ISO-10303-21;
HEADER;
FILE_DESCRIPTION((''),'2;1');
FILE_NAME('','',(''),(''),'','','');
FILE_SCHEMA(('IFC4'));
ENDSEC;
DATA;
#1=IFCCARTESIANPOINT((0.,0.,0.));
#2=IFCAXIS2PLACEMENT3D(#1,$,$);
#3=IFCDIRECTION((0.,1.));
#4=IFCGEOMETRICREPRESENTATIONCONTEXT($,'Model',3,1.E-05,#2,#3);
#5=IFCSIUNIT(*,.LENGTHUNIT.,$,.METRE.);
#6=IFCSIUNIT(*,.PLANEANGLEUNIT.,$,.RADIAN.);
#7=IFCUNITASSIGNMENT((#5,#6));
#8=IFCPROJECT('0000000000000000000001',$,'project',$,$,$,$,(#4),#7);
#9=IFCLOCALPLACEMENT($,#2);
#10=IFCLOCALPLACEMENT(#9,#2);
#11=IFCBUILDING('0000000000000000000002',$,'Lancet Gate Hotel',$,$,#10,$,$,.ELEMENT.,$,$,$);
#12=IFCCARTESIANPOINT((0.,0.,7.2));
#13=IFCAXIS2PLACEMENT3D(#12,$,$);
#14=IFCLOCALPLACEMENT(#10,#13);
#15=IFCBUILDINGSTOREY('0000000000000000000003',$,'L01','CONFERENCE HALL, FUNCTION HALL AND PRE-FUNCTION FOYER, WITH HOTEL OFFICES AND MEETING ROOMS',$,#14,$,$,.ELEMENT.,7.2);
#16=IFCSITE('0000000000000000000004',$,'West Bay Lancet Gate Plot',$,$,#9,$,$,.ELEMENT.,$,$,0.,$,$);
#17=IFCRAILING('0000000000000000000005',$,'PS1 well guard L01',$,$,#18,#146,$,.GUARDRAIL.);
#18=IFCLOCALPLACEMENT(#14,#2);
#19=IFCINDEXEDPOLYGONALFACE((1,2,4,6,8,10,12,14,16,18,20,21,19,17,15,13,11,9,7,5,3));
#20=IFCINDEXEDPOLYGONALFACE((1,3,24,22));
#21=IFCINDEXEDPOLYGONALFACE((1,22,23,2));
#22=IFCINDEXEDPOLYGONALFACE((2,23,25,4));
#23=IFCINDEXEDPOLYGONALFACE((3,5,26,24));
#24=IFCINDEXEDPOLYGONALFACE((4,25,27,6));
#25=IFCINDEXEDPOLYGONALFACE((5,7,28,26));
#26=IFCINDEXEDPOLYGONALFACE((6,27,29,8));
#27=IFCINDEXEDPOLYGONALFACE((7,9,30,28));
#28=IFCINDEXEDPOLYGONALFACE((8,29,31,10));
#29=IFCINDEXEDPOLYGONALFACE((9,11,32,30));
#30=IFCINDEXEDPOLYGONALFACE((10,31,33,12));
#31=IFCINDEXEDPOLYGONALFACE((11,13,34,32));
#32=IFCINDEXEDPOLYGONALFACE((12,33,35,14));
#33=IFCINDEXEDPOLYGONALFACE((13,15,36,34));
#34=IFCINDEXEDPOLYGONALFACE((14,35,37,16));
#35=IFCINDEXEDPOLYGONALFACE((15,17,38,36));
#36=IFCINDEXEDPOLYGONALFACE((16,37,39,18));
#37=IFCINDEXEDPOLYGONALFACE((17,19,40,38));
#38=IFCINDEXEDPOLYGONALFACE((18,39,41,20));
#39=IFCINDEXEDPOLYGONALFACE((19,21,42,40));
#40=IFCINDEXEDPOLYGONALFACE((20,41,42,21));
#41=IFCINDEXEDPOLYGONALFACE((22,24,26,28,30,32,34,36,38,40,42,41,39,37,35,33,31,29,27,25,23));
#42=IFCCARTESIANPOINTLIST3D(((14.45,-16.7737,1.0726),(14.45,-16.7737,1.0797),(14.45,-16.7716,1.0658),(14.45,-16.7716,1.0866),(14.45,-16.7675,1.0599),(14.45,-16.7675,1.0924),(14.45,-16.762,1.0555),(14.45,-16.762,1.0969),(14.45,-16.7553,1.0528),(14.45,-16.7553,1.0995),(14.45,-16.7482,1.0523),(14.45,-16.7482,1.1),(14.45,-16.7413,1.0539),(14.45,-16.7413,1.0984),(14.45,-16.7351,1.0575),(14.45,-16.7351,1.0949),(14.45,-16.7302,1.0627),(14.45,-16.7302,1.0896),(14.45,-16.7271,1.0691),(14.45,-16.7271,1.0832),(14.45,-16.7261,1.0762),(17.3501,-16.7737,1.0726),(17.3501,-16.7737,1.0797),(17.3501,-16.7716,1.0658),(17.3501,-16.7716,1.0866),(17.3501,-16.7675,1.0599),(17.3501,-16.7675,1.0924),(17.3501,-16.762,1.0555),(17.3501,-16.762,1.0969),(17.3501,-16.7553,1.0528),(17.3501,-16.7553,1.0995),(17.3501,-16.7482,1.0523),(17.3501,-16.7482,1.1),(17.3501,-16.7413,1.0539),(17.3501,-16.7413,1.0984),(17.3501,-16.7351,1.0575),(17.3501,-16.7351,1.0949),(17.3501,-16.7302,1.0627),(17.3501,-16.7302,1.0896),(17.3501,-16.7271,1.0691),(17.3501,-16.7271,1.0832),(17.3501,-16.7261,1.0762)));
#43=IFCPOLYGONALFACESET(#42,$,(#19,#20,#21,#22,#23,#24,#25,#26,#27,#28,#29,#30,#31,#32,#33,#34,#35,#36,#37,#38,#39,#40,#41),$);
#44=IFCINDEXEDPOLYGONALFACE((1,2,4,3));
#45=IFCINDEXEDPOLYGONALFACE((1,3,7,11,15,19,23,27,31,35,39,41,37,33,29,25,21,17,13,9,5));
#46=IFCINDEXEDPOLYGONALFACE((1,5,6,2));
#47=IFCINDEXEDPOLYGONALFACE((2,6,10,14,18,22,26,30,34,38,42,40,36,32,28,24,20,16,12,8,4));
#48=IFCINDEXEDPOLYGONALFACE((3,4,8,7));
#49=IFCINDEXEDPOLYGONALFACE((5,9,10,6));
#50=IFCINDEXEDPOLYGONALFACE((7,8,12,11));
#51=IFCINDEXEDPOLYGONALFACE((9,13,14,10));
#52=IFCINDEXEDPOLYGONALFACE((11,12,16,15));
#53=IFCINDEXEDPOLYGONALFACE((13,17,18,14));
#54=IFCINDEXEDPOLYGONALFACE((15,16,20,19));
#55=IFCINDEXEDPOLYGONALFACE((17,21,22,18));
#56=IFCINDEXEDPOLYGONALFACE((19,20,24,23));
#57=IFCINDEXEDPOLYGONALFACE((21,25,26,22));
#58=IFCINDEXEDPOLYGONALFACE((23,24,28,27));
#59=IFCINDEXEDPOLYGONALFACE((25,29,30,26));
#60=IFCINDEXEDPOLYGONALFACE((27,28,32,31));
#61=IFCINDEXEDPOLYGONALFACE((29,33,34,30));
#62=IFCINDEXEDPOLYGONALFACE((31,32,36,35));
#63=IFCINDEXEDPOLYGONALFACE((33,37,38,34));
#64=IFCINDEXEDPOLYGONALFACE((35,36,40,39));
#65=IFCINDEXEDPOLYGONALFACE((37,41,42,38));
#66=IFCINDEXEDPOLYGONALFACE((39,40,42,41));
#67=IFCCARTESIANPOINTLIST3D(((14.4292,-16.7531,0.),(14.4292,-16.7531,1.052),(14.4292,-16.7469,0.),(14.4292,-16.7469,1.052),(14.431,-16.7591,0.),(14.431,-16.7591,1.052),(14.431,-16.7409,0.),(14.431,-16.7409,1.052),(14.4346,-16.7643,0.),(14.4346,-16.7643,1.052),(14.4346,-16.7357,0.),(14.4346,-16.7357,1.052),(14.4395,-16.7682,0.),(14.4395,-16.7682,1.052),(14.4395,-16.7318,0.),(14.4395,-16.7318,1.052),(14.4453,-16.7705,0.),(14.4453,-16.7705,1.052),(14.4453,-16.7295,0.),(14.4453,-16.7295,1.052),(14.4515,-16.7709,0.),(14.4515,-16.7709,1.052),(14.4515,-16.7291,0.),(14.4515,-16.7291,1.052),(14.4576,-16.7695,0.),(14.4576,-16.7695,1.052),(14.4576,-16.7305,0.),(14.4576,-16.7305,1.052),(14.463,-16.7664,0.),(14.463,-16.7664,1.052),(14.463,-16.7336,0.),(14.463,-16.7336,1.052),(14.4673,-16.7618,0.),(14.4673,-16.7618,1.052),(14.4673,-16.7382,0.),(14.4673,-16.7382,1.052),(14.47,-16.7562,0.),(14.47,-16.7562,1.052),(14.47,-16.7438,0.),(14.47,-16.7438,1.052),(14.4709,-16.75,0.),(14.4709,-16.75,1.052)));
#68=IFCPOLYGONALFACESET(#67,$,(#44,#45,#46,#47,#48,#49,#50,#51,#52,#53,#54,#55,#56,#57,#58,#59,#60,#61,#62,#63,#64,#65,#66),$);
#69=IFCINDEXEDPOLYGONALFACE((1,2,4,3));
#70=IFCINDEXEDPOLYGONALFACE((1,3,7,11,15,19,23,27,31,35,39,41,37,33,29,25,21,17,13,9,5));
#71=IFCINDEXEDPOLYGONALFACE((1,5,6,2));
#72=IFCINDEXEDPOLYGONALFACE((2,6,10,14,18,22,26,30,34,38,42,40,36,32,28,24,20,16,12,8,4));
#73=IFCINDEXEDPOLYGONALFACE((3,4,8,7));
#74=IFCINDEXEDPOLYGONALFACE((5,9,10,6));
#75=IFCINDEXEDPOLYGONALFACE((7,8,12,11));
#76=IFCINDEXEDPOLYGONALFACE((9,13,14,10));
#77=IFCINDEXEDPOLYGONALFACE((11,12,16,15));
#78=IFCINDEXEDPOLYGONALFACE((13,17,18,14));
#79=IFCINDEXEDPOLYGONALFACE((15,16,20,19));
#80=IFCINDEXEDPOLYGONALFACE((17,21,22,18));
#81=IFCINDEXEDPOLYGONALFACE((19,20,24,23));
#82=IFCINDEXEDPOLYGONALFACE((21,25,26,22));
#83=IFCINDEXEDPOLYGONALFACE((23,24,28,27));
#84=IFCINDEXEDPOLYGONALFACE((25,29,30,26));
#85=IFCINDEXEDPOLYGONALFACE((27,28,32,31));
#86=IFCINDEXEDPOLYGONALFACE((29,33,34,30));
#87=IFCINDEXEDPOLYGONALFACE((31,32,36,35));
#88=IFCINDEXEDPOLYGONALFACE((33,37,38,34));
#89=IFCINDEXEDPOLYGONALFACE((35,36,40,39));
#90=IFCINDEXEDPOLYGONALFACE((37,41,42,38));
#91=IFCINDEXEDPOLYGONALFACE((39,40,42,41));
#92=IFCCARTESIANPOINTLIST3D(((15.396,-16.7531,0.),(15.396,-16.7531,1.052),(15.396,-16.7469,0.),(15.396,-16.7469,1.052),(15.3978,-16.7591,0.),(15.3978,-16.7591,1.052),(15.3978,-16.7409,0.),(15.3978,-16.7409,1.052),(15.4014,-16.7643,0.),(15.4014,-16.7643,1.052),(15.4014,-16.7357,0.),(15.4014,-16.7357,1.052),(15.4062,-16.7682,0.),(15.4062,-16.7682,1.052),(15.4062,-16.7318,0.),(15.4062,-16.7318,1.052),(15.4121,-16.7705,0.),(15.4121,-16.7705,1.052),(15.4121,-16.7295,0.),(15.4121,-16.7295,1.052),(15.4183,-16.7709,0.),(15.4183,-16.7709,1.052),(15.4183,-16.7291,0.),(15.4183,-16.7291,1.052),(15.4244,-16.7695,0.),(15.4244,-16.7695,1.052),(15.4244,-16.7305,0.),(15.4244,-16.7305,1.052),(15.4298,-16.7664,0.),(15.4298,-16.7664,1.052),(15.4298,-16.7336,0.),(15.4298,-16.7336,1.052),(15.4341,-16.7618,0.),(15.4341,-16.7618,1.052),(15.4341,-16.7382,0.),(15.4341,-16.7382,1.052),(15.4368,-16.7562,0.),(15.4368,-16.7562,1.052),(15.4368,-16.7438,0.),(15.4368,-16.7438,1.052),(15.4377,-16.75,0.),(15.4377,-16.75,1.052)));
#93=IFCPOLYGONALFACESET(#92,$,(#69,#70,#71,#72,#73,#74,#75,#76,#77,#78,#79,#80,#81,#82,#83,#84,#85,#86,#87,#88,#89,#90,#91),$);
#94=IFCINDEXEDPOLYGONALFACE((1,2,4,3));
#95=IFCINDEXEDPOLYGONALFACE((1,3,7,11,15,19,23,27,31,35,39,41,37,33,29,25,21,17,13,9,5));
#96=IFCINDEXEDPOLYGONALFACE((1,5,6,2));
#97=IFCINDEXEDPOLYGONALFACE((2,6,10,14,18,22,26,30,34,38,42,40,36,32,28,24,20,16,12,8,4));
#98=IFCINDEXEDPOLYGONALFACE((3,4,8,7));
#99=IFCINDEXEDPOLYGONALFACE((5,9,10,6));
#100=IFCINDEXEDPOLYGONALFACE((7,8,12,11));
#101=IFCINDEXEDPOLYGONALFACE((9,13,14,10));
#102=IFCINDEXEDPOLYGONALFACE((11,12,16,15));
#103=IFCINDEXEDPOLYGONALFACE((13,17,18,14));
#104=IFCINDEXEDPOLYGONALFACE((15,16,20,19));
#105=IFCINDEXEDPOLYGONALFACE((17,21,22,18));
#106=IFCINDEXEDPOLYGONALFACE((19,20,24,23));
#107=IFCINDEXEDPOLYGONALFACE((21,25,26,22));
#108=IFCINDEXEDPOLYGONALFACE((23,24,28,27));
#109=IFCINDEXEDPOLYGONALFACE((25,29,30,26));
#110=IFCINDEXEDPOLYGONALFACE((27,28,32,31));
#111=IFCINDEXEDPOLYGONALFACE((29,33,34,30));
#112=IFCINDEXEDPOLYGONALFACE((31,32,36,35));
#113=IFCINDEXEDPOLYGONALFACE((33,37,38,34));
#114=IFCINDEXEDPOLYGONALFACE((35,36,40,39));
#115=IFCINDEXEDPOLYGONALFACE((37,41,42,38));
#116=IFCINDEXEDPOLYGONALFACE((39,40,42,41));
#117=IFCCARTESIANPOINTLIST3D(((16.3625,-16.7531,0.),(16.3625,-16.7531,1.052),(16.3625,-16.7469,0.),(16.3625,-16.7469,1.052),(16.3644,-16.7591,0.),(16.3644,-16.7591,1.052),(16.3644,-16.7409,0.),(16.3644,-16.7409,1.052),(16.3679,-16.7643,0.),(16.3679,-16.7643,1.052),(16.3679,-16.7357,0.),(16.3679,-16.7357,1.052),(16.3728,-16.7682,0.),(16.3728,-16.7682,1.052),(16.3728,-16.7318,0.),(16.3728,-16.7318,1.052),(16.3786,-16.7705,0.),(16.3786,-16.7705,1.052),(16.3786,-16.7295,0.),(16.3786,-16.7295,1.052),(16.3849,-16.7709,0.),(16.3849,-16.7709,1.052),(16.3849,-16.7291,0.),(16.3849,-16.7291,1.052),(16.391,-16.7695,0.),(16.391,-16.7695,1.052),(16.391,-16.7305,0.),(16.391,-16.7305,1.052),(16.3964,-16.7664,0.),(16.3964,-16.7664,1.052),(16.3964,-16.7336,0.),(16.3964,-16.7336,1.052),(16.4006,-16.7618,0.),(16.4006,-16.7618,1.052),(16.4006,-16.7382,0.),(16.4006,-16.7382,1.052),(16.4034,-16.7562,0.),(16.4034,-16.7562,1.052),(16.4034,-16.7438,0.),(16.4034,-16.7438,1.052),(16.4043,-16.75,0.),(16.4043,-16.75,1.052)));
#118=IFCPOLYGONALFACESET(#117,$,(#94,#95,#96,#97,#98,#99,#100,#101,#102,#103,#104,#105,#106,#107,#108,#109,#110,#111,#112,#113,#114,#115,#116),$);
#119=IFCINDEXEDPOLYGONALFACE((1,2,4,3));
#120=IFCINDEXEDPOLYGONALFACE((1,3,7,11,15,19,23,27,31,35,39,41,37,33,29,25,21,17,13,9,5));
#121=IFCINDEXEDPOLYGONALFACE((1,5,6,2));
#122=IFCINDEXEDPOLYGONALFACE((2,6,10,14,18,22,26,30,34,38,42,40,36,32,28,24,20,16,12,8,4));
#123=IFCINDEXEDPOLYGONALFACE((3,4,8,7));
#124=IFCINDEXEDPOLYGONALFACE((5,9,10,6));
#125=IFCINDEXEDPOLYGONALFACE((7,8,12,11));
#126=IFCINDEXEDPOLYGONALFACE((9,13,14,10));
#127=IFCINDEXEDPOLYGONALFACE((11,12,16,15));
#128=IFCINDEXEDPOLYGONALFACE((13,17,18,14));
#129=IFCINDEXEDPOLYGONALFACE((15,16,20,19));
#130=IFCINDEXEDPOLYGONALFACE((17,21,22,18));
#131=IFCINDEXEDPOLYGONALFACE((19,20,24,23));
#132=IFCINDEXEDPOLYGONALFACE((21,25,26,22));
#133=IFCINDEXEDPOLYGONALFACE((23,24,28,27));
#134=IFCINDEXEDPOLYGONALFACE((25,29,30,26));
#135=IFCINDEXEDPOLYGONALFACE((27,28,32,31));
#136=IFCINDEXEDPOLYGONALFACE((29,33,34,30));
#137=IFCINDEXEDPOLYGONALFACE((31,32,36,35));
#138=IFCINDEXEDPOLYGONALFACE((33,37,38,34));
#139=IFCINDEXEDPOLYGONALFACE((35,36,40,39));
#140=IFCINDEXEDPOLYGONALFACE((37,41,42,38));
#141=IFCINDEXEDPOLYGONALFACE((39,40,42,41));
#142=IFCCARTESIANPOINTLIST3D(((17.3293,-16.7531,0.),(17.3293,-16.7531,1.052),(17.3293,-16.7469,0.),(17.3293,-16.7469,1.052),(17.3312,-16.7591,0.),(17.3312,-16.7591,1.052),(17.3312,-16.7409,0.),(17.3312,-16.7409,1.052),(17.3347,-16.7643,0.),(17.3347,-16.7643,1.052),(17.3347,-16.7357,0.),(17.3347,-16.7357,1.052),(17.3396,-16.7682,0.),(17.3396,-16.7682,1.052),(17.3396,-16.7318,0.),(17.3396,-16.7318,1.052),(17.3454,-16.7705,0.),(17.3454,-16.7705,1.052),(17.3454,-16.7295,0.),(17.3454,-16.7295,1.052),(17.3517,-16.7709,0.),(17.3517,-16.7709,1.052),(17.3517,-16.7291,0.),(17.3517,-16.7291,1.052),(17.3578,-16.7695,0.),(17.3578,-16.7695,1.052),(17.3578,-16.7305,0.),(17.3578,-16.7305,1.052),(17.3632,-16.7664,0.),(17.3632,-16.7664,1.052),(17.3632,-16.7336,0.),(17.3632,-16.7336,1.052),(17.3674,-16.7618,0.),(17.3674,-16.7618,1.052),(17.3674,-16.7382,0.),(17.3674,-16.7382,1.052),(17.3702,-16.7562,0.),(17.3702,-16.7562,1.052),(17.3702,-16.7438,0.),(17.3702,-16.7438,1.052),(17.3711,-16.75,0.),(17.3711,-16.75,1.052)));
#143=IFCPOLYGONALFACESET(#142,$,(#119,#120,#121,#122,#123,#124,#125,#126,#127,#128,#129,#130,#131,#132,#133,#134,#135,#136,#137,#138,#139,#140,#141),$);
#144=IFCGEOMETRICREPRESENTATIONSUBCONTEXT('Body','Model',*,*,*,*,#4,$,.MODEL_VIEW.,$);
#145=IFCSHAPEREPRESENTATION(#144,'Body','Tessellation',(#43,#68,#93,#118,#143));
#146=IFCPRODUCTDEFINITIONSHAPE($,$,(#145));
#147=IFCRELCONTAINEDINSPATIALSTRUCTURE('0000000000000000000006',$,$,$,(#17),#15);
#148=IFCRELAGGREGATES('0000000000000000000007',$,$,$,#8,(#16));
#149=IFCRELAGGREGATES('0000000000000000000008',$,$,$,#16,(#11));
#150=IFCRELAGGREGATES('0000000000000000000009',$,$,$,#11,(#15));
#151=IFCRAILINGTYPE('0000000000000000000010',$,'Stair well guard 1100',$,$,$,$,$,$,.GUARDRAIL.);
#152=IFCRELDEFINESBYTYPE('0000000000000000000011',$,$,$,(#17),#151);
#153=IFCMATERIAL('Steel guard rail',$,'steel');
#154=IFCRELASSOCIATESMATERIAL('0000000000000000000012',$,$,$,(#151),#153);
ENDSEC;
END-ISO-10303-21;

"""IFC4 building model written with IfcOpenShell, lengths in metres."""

from ifc_helpers import new_model, si_unit, direction, frame, origin, origin_2d, place, context, subcontext, project, spatial, circle, extrude, material, type_object, element, save


model = new_model("IFC4")

# Units and contexts
model_context = context("Model", 3, precision=1e-05, world=origin(), true_north=direction((0.0, 1.0)))
body_context = subcontext(model_context, "Body", "Model", "MODEL_VIEW")
ifc_project = project(units=[si_unit("LENGTHUNIT", "METRE"), si_unit("PLANEANGLEUNIT", "RADIAN")], contexts=[model_context])

# Site, building, storey
site_placement = place(None, origin())
site = spatial("IfcSite", under=ifc_project, at=site_placement, Name="West Bay Lancet Gate Plot", CompositionType="ELEMENT", RefElevation=0.0)
building_placement = place(site_placement, origin())
building = spatial("IfcBuilding", under=site, at=building_placement, Name="Lancet Gate Hotel", CompositionType="ELEMENT")
storey_placement = place(building_placement, frame((0.0, 0.0, 7.2)))
storey = spatial("IfcBuildingStorey", under=building, at=storey_placement, Name="L01", Description="CONFERENCE HALL, FUNCTION HALL AND PRE-FUNCTION FOYER, WITH HOTEL OFFICES AND MEETING ROOMS", CompositionType="ELEMENT", Elevation=7.2)

# Railing
ifc_material_1 = material(Name="Steel guard rail", Category="steel")
railing_type_1 = type_object("IfcRailingType", Name="Stair well guard 1100", PredefinedType="GUARDRAIL", material=ifc_material_1)
railing_1_placement = place(storey_placement, frame((14.45, -16.75, 0.0)))
element("IfcRailing", 1, at=railing_1_placement, inside=storey, type_object=railing_type_1, Name="PS1 well guard L01", PredefinedType="GUARDRAIL", context=body_context, shape_type="SweptSolid", body=[
    extrude(circle(Radius=0.0239, at=origin_2d()), frame((0.0, 0.0, 1.0762), z_axis=(1.0, 0.0, 0.0), x_axis=(0.0, 1.0, 0.0)), (0.0, 0.0, 1.0), 2.9001),
    extrude(circle(Radius=0.021, at=origin_2d()), origin(), (0.0, 0.0, 1.0), 1.052),
    extrude(circle(Radius=0.021, at=origin_2d()), frame((0.9668, 0.0, 0.0)), (0.0, 0.0, 1.0), 1.052),
    extrude(circle(Radius=0.021, at=origin_2d()), frame((1.9333, 0.0, 0.0)), (0.0, 0.0, 1.0), 1.052),
    extrude(circle(Radius=0.021, at=origin_2d()), frame((2.9001, 0.0, 0.0)), (0.0, 0.0, 1.0), 1.052),
])

save(model, "model.ifc")
